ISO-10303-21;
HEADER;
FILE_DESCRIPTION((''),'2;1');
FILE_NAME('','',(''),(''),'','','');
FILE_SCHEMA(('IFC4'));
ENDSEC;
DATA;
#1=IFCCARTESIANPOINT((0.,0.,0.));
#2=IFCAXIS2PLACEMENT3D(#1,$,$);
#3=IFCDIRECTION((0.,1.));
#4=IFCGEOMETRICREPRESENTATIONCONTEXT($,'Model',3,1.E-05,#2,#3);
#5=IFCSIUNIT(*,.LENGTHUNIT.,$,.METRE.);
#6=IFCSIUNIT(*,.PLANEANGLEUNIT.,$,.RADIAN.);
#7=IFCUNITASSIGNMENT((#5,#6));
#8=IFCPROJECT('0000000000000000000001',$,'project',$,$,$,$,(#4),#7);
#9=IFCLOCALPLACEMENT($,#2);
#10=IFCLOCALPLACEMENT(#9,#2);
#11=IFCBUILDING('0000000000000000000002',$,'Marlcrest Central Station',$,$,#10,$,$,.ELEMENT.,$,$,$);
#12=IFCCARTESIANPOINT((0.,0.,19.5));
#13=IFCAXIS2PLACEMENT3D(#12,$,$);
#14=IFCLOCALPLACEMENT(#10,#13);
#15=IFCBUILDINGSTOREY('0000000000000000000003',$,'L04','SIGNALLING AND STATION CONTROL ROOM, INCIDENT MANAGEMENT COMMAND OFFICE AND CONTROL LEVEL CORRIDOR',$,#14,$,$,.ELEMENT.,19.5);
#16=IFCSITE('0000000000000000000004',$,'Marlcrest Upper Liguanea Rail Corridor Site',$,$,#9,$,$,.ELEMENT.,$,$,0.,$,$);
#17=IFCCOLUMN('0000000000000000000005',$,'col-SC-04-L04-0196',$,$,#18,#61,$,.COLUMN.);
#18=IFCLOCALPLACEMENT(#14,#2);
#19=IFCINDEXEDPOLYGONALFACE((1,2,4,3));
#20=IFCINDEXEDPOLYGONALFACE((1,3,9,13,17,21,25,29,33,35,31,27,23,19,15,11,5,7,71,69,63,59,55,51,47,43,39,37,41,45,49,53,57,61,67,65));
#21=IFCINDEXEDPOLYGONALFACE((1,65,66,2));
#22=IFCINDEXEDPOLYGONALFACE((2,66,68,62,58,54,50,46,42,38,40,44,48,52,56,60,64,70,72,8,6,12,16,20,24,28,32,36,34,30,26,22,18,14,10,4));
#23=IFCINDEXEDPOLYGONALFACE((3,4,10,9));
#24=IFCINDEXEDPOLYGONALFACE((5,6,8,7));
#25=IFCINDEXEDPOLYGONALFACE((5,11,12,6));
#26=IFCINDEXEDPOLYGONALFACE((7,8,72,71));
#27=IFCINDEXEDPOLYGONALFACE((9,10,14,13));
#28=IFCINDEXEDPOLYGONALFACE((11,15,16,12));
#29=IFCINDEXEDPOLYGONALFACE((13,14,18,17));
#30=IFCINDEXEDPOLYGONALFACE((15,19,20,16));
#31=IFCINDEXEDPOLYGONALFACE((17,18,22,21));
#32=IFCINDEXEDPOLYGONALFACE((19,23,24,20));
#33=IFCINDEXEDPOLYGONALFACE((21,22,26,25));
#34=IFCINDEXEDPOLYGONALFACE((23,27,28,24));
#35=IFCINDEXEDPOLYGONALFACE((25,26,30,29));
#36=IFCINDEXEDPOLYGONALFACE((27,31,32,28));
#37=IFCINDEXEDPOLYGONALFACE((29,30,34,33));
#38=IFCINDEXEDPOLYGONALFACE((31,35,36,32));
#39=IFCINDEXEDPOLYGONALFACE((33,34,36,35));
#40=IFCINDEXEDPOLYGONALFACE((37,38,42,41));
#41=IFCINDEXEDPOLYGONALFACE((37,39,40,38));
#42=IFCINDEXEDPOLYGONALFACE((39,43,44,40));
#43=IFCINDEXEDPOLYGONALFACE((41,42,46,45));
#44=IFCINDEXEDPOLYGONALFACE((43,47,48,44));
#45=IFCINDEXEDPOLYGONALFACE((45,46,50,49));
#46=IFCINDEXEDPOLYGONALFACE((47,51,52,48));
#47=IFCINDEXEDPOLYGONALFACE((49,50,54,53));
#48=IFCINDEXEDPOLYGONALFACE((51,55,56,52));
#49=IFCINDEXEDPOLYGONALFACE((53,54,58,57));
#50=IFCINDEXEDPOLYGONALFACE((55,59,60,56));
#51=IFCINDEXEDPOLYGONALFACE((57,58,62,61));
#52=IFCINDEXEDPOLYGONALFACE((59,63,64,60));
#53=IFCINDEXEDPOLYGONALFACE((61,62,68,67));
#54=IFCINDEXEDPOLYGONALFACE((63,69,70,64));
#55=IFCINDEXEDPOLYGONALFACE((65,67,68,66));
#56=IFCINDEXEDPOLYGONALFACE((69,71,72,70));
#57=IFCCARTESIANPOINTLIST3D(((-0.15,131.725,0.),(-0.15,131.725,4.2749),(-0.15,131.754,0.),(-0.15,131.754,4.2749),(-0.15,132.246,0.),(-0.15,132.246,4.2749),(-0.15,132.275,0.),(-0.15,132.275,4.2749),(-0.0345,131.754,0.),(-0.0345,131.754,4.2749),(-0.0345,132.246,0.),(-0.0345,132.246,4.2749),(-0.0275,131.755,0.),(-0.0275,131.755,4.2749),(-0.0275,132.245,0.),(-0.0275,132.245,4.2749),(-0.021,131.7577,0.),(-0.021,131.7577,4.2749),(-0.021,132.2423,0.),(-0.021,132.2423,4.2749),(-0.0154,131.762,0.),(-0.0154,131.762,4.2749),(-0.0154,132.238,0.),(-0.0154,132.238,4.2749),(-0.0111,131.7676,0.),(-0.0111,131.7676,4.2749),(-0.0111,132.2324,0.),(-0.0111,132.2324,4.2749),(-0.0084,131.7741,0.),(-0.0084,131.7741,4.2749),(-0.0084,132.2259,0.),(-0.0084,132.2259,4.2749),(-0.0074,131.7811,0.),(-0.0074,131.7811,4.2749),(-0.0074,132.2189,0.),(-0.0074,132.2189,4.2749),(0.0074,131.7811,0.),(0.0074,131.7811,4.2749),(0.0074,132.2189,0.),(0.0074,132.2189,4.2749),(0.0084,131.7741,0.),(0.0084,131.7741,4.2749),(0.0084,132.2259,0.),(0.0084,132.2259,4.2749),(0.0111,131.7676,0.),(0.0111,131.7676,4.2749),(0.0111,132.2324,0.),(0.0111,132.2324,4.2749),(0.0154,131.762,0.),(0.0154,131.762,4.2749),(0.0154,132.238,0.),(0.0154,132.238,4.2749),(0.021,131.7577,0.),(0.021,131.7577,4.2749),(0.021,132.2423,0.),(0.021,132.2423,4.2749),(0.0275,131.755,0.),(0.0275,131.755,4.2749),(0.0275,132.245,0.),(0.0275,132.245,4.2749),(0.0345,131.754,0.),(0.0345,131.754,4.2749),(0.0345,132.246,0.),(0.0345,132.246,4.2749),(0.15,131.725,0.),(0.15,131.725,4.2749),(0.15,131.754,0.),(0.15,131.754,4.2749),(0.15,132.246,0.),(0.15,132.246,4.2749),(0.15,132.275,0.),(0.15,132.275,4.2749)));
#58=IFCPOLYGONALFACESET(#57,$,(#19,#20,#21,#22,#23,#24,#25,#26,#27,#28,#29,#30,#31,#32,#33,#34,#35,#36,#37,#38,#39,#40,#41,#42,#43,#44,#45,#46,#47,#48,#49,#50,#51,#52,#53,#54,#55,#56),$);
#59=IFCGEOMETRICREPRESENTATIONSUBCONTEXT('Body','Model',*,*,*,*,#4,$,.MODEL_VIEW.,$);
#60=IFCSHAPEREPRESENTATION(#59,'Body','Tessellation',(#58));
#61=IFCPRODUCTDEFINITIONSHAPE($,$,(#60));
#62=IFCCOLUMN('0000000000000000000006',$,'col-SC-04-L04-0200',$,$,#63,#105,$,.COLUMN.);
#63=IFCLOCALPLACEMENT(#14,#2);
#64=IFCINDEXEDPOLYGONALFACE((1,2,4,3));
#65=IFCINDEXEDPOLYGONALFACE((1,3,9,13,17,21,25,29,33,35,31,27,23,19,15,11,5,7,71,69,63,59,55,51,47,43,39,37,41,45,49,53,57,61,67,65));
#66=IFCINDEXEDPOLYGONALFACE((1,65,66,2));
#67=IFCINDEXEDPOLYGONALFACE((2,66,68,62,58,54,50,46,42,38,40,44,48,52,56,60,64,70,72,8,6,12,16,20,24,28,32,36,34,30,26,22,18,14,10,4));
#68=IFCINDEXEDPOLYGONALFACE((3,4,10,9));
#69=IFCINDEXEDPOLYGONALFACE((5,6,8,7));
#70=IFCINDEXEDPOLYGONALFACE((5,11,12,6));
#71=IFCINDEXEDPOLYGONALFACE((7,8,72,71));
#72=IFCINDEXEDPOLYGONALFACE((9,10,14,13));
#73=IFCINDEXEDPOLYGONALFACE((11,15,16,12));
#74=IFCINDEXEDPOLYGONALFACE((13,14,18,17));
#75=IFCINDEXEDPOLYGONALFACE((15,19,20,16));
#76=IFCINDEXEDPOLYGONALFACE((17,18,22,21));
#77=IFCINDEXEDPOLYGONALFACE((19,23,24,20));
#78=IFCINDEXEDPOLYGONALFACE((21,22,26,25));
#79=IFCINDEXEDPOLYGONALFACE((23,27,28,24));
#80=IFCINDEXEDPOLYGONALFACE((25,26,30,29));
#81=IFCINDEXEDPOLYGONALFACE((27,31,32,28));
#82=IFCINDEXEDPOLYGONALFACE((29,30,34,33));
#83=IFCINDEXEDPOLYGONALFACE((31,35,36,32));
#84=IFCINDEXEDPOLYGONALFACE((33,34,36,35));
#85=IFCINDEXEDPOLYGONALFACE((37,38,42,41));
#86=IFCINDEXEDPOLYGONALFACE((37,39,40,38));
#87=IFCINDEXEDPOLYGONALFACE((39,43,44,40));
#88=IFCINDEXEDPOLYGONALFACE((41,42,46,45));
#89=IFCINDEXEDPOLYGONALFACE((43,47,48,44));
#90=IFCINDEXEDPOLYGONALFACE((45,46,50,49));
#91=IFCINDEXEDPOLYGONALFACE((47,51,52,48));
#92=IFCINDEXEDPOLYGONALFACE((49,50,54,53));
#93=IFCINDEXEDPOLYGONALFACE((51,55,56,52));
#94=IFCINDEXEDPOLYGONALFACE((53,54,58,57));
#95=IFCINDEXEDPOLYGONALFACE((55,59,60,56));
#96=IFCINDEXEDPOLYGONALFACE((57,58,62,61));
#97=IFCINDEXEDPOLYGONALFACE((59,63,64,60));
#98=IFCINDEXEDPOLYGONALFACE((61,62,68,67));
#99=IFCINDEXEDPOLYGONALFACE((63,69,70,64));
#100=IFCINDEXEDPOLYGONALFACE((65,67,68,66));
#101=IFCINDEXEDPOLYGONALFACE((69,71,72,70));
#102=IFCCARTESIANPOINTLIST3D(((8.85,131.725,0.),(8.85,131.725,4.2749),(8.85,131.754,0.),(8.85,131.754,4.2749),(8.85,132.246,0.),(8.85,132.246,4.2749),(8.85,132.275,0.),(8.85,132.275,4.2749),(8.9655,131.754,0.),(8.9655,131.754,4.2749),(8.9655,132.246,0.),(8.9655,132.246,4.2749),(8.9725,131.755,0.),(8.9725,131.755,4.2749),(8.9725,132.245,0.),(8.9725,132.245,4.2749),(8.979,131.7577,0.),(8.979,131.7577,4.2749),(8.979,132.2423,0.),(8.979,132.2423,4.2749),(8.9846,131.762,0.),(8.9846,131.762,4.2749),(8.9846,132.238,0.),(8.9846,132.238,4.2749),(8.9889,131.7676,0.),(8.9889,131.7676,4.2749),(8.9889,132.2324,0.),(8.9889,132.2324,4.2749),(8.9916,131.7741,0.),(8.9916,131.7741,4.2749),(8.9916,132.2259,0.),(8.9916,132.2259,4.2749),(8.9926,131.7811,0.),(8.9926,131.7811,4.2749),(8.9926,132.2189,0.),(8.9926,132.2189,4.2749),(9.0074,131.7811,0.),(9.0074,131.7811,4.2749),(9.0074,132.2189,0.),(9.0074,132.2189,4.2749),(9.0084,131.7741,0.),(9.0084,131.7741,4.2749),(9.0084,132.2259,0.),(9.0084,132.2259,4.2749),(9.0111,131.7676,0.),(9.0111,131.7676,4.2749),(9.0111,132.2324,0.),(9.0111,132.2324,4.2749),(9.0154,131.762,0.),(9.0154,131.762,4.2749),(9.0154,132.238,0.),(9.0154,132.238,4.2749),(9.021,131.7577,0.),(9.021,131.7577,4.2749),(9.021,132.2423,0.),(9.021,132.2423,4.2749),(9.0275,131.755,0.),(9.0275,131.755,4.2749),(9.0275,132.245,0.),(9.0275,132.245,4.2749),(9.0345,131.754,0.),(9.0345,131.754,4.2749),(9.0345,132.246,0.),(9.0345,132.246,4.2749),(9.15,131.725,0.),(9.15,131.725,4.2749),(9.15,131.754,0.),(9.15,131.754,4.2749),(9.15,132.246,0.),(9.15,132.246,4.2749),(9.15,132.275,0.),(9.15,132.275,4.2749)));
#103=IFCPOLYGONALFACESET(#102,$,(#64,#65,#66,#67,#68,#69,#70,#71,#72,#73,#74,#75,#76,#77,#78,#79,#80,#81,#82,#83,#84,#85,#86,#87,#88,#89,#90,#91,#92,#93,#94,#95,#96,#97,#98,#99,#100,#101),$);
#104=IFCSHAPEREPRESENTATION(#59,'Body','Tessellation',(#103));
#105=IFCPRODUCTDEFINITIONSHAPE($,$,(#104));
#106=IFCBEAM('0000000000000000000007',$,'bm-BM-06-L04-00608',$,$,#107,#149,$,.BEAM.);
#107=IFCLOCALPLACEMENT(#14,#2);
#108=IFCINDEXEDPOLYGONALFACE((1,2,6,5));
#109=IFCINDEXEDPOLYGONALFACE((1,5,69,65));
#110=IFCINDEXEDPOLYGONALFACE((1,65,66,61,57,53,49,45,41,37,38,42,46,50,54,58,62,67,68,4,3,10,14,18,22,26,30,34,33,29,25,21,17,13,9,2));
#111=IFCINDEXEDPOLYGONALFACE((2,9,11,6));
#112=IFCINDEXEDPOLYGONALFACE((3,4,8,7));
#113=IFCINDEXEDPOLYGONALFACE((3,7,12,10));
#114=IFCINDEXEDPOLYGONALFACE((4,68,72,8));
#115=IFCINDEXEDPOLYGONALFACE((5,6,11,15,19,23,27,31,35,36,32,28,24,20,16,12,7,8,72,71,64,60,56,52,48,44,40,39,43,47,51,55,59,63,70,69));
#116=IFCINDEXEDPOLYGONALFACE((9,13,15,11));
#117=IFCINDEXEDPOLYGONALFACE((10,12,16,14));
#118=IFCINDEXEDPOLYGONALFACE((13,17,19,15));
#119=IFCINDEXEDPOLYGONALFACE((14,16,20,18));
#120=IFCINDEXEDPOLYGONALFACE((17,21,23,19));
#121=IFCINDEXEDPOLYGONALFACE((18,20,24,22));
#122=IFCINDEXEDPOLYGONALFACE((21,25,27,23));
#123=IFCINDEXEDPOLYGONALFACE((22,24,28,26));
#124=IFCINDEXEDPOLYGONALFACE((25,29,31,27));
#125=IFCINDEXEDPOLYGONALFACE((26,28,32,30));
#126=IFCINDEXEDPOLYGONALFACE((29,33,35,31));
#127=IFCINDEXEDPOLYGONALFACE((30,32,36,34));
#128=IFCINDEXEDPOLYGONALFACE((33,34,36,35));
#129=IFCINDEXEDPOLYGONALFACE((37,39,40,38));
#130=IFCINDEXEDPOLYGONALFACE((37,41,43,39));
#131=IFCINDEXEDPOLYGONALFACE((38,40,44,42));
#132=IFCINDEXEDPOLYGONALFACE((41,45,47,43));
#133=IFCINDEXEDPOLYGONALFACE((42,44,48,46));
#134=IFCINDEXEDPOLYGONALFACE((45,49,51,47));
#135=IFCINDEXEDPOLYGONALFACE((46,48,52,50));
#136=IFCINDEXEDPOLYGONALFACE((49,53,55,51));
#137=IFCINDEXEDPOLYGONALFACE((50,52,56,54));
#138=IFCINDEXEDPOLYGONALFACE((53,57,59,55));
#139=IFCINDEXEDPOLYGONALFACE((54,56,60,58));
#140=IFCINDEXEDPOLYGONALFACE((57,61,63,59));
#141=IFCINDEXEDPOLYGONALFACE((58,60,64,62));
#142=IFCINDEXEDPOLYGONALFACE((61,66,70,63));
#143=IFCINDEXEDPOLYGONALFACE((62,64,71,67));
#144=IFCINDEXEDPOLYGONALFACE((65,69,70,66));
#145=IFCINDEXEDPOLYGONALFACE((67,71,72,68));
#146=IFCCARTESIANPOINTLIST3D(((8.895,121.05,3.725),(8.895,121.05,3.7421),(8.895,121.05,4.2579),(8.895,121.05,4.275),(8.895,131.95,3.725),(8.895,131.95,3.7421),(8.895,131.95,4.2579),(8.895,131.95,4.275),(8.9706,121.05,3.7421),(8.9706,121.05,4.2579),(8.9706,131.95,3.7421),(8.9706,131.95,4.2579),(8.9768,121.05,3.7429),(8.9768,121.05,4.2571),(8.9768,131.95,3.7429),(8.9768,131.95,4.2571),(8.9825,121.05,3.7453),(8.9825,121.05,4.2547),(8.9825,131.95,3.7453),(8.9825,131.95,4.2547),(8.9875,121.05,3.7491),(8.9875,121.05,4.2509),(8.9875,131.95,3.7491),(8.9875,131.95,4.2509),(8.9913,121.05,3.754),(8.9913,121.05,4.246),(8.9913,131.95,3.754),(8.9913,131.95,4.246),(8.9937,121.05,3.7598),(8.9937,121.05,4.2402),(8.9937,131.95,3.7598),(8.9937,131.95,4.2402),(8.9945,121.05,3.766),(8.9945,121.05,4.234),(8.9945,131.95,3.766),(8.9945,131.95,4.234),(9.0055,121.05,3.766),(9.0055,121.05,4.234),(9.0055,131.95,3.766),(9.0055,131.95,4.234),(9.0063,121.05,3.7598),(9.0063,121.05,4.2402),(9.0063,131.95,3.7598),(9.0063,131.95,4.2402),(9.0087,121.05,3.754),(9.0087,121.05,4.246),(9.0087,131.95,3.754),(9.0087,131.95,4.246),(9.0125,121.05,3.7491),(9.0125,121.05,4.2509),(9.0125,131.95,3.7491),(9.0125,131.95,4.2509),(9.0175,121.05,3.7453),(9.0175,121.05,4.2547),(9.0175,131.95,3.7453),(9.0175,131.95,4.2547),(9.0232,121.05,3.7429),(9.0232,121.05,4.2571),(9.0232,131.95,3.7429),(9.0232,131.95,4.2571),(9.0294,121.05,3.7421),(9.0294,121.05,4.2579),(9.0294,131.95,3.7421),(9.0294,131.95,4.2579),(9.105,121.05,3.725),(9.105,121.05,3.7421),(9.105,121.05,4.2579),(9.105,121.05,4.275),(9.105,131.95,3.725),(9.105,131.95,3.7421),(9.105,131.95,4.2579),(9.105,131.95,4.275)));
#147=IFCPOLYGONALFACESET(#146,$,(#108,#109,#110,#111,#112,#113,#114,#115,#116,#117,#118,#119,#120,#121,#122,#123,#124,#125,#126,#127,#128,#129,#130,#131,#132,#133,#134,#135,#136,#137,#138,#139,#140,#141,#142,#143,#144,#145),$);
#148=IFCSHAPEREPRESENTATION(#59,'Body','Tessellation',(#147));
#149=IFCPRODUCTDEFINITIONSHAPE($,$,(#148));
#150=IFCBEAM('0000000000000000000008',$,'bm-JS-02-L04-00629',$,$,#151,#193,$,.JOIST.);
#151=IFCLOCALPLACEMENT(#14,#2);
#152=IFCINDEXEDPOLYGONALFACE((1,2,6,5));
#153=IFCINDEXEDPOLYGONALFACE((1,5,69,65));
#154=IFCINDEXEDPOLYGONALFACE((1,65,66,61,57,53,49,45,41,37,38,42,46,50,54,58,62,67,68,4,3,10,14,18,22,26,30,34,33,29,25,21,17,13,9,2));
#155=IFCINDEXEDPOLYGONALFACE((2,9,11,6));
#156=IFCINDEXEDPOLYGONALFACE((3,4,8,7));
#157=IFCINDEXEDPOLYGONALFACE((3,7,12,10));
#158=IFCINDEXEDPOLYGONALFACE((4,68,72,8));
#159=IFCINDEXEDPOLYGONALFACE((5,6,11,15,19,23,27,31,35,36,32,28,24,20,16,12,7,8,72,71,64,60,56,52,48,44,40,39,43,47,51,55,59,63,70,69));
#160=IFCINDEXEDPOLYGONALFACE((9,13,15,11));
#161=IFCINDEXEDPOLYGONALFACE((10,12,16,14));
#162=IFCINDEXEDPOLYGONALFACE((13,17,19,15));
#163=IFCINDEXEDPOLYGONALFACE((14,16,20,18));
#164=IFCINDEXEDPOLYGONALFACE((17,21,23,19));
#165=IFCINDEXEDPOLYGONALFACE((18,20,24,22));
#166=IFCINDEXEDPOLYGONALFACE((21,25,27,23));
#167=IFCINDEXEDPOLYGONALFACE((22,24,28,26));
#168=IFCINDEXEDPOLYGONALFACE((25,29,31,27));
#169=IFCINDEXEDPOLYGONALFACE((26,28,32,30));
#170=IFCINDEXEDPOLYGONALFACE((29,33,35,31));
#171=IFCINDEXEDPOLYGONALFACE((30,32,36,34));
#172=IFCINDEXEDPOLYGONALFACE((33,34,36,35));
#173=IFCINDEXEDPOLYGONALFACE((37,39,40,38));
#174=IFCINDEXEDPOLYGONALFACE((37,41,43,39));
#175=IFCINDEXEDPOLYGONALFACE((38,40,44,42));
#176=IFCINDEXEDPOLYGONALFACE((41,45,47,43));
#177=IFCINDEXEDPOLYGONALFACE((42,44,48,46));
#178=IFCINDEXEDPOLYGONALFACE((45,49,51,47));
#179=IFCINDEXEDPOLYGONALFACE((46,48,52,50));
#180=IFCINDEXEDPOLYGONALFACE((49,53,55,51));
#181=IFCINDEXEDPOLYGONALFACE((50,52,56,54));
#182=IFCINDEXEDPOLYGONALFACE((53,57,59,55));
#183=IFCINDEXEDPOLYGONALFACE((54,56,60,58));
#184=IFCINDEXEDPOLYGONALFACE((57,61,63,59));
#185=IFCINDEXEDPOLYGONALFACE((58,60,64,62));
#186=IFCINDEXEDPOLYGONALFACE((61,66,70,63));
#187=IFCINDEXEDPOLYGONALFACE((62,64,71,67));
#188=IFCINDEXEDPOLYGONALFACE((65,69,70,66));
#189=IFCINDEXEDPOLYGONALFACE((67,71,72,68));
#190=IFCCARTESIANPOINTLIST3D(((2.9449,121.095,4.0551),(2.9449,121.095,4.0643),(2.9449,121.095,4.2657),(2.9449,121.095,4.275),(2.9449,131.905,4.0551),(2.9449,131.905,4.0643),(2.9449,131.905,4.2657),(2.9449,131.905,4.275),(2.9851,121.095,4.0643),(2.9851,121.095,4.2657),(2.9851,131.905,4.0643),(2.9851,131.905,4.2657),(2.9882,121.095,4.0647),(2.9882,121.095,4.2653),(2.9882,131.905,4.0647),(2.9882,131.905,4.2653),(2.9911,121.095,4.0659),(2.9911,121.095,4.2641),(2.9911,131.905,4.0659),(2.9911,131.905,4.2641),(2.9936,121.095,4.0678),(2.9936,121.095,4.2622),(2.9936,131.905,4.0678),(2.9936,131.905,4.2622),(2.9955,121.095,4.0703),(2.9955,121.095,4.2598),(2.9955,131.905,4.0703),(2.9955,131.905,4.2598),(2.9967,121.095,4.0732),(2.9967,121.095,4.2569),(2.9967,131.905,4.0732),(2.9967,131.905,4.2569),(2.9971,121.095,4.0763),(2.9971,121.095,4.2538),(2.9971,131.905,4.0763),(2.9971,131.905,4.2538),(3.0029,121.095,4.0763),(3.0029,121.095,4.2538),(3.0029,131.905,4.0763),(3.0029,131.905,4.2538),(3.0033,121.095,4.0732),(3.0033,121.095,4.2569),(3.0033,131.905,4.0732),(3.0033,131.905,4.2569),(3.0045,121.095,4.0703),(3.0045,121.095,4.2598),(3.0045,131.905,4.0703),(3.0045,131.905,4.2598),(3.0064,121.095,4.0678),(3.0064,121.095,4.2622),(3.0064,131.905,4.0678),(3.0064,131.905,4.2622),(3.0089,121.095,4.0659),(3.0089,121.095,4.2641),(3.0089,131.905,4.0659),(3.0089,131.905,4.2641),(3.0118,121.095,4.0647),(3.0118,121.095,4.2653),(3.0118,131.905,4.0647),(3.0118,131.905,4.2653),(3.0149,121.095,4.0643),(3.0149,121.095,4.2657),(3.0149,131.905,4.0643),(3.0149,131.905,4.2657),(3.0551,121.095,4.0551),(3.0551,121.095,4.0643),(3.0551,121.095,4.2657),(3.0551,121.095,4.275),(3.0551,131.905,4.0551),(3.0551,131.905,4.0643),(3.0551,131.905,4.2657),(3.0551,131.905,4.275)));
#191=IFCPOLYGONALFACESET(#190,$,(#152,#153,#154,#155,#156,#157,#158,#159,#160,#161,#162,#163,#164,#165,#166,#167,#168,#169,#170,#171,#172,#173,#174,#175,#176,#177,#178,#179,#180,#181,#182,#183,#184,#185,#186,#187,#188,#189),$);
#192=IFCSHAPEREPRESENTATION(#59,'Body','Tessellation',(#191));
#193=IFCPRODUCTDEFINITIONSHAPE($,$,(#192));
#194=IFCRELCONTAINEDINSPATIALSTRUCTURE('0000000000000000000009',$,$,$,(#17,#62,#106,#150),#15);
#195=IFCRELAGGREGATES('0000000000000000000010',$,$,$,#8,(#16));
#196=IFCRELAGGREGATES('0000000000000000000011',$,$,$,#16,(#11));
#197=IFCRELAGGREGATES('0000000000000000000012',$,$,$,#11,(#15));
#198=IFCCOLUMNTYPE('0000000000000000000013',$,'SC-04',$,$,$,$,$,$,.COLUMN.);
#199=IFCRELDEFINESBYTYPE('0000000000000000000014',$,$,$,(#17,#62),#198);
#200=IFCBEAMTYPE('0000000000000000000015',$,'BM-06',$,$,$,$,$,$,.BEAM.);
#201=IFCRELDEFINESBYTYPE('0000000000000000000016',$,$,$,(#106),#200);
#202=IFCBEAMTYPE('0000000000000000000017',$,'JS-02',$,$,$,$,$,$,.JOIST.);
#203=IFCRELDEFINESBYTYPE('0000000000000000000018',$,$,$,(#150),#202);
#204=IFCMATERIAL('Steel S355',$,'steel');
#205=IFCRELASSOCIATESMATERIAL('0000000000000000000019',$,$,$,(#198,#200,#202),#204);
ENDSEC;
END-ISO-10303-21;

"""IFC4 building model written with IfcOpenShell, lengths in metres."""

from ifc_helpers import new_model, si_unit, direction, frame, origin, origin_2d, place, context, subcontext, project, spatial, i_section, extrude, material, material_profile, profile_set, type_object, element, save


model = new_model("IFC4")

# Units and contexts
model_context = context("Model", 3, precision=1e-05, world=origin(), true_north=direction((0.0, 1.0)))
body_context = subcontext(model_context, "Body", "Model", "MODEL_VIEW")
ifc_project = project(units=[si_unit("LENGTHUNIT", "METRE"), si_unit("PLANEANGLEUNIT", "RADIAN")], contexts=[model_context])

# Site, building, storey
site_placement = place(None, origin())
site = spatial("IfcSite", under=ifc_project, at=site_placement, Name="Marlcrest Upper Liguanea Rail Corridor Site", CompositionType="ELEMENT", RefElevation=0.0)
building_placement = place(site_placement, origin())
building = spatial("IfcBuilding", under=site, at=building_placement, Name="Marlcrest Central Station", CompositionType="ELEMENT")
storey_placement = place(building_placement, frame((0.0, 0.0, 19.5)))
storey = spatial("IfcBuildingStorey", under=building, at=storey_placement, Name="L04", Description="SIGNALLING AND STATION CONTROL ROOM, INCIDENT MANAGEMENT COMMAND OFFICE AND CONTROL LEVEL CORRIDOR", CompositionType="ELEMENT", Elevation=19.5)

# Columns
ifc_material_1 = material(Name="Steel S355", Category="steel")
ifc_material_profile_1 = material_profile(ifc_material_1, i_section(OverallWidth=0.3, OverallDepth=0.55, WebThickness=0.0149, FlangeThickness=0.0291, FilletRadius=0.0271, at=origin_2d()), Name="HEB 550")
ifc_profile_set_1 = profile_set([ifc_material_profile_1], Name="Steel S355")
column_type = type_object("IfcColumnType", Name="SC-04", PredefinedType="COLUMN", material=ifc_profile_set_1)
for number, where, z_axis, x_axis, name in (
    (1, (0.0, 132.0, 0.0), (0.0, 0.0, 1.0), (1.0, 0.0, 0.0), "col-SC-04-L04-0196"),
    (2, (9.0, 132.0, 0.0), (0.0, 0.0, 1.0), (1.0, 0.0, 0.0), "col-SC-04-L04-0200"),
):
    element("IfcColumn", number, at=place(storey_placement, frame(where, z_axis=z_axis, x_axis=x_axis)), inside=storey, type_object=column_type, Name=name, PredefinedType="COLUMN", context=body_context, shape_type="SweptSolid", body=[
        extrude(i_section(OverallWidth=0.3, OverallDepth=0.55, WebThickness=0.0149, FlangeThickness=0.0291, FilletRadius=0.0271, at=origin_2d()), origin(), (0.0, 0.0, 1.0), 4.2749),
    ])

# Beams
ifc_material_profile_2 = material_profile(ifc_material_1, i_section(OverallWidth=0.21, OverallDepth=0.55, WebThickness=0.011, FlangeThickness=0.0171, FilletRadius=0.0239, at=origin_2d()), Name="IPE 550")
ifc_profile_set_2 = profile_set([ifc_material_profile_2], Name="Steel S355")
beam_type_1 = type_object("IfcBeamType", Name="BM-06", PredefinedType="BEAM", material=ifc_profile_set_2)
beam_1_placement = place(storey_placement, frame((9.0, 121.05, 4.0), z_axis=(0.0, 1.0, 0.0), x_axis=(-1.0, 0.0, 0.0)))
element("IfcBeam", 3, at=beam_1_placement, inside=storey, type_object=beam_type_1, Name="bm-BM-06-L04-00608", PredefinedType="BEAM", context=body_context, shape_type="SweptSolid", body=[
    extrude(i_section(OverallWidth=0.21, OverallDepth=0.55, WebThickness=0.011, FlangeThickness=0.0171, FilletRadius=0.0239, at=origin_2d()), origin(), (0.0, 0.0, 1.0), 10.8999),
])
ifc_material_profile_3 = material_profile(ifc_material_1, i_section(OverallWidth=0.1101, OverallDepth=0.22, WebThickness=0.0059, FlangeThickness=0.0093, FilletRadius=0.012, at=origin_2d()), Name="IPE 220")
ifc_profile_set_3 = profile_set([ifc_material_profile_3], Name="Steel S355")
beam_type_2 = type_object("IfcBeamType", Name="JS-02", PredefinedType="JOIST", material=ifc_profile_set_3)
for number, where, z_axis, x_axis, name in (
    (4, (3.0, 121.095, 4.165), (0.0, 1.0, 0.0), (-1.0, 0.0, 0.0), "bm-JS-02-L04-00629"),
):
    element("IfcBeam", number, at=place(storey_placement, frame(where, z_axis=z_axis, x_axis=x_axis)), inside=storey, type_object=beam_type_2, Name=name, PredefinedType="JOIST", context=body_context, shape_type="SweptSolid", body=[
        extrude(i_section(OverallWidth=0.1101, OverallDepth=0.22, WebThickness=0.0059, FlangeThickness=0.0093, FilletRadius=0.012, at=origin_2d()), origin(), (0.0, 0.0, 1.0), 10.8101),
    ])

save(model, "model.ifc")
